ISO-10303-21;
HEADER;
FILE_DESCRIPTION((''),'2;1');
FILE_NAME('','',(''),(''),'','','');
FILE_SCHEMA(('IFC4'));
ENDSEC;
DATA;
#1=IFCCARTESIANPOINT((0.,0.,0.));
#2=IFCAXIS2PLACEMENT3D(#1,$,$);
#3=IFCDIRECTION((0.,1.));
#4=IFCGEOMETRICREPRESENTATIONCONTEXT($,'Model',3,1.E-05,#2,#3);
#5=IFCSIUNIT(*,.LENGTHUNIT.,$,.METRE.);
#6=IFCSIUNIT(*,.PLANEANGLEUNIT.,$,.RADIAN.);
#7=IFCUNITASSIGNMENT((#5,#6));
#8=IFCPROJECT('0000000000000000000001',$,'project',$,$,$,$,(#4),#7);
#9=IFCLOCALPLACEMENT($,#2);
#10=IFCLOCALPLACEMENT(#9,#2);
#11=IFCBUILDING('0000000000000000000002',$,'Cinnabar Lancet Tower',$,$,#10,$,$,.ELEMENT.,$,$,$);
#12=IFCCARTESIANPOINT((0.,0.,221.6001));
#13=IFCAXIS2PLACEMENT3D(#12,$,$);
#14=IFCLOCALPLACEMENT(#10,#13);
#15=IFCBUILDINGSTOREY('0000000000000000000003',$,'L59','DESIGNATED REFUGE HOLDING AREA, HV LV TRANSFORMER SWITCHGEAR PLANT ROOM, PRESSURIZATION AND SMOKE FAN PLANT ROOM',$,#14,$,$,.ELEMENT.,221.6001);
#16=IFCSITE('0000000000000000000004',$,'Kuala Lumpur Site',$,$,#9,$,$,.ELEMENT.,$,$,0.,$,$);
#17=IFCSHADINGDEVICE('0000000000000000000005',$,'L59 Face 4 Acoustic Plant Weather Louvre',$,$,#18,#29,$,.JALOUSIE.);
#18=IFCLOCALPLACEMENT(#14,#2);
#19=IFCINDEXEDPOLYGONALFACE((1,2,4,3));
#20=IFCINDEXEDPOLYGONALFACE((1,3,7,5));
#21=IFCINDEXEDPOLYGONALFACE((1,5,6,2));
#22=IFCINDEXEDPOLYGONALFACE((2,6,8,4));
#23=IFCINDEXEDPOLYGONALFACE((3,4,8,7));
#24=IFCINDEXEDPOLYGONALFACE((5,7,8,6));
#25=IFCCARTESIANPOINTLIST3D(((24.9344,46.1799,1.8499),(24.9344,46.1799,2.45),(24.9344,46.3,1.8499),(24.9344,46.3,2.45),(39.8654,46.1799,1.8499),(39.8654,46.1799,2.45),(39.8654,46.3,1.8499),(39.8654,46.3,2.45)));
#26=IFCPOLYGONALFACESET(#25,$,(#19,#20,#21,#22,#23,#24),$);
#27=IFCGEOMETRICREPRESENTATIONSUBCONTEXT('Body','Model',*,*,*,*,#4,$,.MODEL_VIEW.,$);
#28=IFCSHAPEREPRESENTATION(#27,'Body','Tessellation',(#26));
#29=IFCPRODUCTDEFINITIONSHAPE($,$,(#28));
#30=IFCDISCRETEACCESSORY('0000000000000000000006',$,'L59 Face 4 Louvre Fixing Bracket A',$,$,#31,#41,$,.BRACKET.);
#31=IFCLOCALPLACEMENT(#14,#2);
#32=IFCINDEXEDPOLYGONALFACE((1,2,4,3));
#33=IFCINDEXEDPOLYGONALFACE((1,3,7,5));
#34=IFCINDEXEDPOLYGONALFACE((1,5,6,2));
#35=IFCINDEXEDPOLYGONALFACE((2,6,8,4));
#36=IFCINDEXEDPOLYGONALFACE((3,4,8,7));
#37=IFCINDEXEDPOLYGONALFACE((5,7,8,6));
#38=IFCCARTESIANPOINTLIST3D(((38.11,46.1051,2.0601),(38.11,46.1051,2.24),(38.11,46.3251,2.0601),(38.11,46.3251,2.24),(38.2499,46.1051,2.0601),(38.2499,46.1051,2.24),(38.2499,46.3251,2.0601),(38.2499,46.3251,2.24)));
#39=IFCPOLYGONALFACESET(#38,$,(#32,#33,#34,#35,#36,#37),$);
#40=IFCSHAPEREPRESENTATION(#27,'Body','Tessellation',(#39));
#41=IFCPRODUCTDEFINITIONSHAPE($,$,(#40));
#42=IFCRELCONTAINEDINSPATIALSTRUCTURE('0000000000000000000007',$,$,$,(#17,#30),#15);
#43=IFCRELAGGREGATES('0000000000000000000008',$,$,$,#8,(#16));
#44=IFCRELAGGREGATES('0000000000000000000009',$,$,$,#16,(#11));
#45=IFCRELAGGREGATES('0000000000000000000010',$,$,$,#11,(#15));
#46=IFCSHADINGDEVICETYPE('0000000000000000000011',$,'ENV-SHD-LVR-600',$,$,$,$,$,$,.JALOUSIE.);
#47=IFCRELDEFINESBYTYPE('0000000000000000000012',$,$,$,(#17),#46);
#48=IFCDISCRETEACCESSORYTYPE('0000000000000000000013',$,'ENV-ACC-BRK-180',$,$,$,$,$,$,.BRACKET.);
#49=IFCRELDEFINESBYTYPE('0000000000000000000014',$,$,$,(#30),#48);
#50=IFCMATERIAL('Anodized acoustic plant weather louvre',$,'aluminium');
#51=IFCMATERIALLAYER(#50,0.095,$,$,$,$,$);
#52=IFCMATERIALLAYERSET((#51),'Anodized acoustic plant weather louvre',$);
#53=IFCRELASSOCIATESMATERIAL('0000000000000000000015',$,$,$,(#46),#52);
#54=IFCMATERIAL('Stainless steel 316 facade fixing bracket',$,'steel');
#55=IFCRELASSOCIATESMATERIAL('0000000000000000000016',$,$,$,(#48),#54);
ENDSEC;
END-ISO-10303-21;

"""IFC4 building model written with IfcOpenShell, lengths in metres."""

from ifc_helpers import new_model, si_unit, direction, frame, origin, origin_2d, place, context, subcontext, project, spatial, rectangle, extrude, material, layer, layer_set, type_object, element, save


model = new_model("IFC4")

# Units and contexts
model_context = context("Model", 3, precision=1e-05, world=origin(), true_north=direction((0.0, 1.0)))
body_context = subcontext(model_context, "Body", "Model", "MODEL_VIEW")
ifc_project = project(units=[si_unit("LENGTHUNIT", "METRE"), si_unit("PLANEANGLEUNIT", "RADIAN")], contexts=[model_context])

# Site, building, storey
site_placement = place(None, origin())
site = spatial("IfcSite", under=ifc_project, at=site_placement, Name="Kuala Lumpur Site", CompositionType="ELEMENT", RefElevation=0.0)
building_placement = place(site_placement, origin())
building = spatial("IfcBuilding", under=site, at=building_placement, Name="Cinnabar Lancet Tower", CompositionType="ELEMENT")
storey_placement = place(building_placement, frame((0.0, 0.0, 221.6001)))
storey = spatial("IfcBuildingStorey", under=building, at=storey_placement, Name="L59", Description="DESIGNATED REFUGE HOLDING AREA, HV LV TRANSFORMER SWITCHGEAR PLANT ROOM, PRESSURIZATION AND SMOKE FAN PLANT ROOM", CompositionType="ELEMENT", Elevation=221.6001)

# Shading device
ifc_material_1 = material(Name="Anodized acoustic plant weather louvre", Category="aluminium")
ifc_layer_1 = layer(ifc_material_1, 0.095)
ifc_layer_set_1 = layer_set([ifc_layer_1], Name="Anodized acoustic plant weather louvre")
shading_device_type = type_object("IfcShadingDeviceType", Name="ENV-SHD-LVR-600", PredefinedType="JALOUSIE", material=ifc_layer_set_1)
shading_device_placement = place(storey_placement, frame((32.3999, 46.24, 1.8499), z_axis=(0.0, 0.0, 1.0), x_axis=(-1.0, 0.0, 0.0)))
element("IfcShadingDevice", 1, at=shading_device_placement, inside=storey, type_object=shading_device_type, Name="L59 Face 4 Acoustic Plant Weather Louvre", PredefinedType="JALOUSIE", context=body_context, shape_type="SweptSolid", body=[
    extrude(rectangle(XDim=14.9309, YDim=0.1201, at=origin_2d()), origin(), (0.0, 0.0, 1.0), 0.6001),
])

# Discrete accessory
ifc_material_2 = material(Name="Stainless steel 316 facade fixing bracket", Category="steel")
discrete_accessory_type = type_object("IfcDiscreteAccessoryType", Name="ENV-ACC-BRK-180", PredefinedType="BRACKET", material=ifc_material_2)
discrete_accessory_placement = place(storey_placement, frame((38.1799, 46.2151, 2.0601), z_axis=(0.0, 0.0, 1.0), x_axis=(-1.0, 0.0, 0.0)))
element("IfcDiscreteAccessory", 2, at=discrete_accessory_placement, inside=storey, type_object=discrete_accessory_type, Name="L59 Face 4 Louvre Fixing Bracket A", PredefinedType="BRACKET", context=body_context, shape_type="SweptSolid", body=[
    extrude(rectangle(XDim=0.1399, YDim=0.22, at=origin_2d()), origin(), (0.0, 0.0, 1.0), 0.1799),
])

save(model, "model.ifc")
